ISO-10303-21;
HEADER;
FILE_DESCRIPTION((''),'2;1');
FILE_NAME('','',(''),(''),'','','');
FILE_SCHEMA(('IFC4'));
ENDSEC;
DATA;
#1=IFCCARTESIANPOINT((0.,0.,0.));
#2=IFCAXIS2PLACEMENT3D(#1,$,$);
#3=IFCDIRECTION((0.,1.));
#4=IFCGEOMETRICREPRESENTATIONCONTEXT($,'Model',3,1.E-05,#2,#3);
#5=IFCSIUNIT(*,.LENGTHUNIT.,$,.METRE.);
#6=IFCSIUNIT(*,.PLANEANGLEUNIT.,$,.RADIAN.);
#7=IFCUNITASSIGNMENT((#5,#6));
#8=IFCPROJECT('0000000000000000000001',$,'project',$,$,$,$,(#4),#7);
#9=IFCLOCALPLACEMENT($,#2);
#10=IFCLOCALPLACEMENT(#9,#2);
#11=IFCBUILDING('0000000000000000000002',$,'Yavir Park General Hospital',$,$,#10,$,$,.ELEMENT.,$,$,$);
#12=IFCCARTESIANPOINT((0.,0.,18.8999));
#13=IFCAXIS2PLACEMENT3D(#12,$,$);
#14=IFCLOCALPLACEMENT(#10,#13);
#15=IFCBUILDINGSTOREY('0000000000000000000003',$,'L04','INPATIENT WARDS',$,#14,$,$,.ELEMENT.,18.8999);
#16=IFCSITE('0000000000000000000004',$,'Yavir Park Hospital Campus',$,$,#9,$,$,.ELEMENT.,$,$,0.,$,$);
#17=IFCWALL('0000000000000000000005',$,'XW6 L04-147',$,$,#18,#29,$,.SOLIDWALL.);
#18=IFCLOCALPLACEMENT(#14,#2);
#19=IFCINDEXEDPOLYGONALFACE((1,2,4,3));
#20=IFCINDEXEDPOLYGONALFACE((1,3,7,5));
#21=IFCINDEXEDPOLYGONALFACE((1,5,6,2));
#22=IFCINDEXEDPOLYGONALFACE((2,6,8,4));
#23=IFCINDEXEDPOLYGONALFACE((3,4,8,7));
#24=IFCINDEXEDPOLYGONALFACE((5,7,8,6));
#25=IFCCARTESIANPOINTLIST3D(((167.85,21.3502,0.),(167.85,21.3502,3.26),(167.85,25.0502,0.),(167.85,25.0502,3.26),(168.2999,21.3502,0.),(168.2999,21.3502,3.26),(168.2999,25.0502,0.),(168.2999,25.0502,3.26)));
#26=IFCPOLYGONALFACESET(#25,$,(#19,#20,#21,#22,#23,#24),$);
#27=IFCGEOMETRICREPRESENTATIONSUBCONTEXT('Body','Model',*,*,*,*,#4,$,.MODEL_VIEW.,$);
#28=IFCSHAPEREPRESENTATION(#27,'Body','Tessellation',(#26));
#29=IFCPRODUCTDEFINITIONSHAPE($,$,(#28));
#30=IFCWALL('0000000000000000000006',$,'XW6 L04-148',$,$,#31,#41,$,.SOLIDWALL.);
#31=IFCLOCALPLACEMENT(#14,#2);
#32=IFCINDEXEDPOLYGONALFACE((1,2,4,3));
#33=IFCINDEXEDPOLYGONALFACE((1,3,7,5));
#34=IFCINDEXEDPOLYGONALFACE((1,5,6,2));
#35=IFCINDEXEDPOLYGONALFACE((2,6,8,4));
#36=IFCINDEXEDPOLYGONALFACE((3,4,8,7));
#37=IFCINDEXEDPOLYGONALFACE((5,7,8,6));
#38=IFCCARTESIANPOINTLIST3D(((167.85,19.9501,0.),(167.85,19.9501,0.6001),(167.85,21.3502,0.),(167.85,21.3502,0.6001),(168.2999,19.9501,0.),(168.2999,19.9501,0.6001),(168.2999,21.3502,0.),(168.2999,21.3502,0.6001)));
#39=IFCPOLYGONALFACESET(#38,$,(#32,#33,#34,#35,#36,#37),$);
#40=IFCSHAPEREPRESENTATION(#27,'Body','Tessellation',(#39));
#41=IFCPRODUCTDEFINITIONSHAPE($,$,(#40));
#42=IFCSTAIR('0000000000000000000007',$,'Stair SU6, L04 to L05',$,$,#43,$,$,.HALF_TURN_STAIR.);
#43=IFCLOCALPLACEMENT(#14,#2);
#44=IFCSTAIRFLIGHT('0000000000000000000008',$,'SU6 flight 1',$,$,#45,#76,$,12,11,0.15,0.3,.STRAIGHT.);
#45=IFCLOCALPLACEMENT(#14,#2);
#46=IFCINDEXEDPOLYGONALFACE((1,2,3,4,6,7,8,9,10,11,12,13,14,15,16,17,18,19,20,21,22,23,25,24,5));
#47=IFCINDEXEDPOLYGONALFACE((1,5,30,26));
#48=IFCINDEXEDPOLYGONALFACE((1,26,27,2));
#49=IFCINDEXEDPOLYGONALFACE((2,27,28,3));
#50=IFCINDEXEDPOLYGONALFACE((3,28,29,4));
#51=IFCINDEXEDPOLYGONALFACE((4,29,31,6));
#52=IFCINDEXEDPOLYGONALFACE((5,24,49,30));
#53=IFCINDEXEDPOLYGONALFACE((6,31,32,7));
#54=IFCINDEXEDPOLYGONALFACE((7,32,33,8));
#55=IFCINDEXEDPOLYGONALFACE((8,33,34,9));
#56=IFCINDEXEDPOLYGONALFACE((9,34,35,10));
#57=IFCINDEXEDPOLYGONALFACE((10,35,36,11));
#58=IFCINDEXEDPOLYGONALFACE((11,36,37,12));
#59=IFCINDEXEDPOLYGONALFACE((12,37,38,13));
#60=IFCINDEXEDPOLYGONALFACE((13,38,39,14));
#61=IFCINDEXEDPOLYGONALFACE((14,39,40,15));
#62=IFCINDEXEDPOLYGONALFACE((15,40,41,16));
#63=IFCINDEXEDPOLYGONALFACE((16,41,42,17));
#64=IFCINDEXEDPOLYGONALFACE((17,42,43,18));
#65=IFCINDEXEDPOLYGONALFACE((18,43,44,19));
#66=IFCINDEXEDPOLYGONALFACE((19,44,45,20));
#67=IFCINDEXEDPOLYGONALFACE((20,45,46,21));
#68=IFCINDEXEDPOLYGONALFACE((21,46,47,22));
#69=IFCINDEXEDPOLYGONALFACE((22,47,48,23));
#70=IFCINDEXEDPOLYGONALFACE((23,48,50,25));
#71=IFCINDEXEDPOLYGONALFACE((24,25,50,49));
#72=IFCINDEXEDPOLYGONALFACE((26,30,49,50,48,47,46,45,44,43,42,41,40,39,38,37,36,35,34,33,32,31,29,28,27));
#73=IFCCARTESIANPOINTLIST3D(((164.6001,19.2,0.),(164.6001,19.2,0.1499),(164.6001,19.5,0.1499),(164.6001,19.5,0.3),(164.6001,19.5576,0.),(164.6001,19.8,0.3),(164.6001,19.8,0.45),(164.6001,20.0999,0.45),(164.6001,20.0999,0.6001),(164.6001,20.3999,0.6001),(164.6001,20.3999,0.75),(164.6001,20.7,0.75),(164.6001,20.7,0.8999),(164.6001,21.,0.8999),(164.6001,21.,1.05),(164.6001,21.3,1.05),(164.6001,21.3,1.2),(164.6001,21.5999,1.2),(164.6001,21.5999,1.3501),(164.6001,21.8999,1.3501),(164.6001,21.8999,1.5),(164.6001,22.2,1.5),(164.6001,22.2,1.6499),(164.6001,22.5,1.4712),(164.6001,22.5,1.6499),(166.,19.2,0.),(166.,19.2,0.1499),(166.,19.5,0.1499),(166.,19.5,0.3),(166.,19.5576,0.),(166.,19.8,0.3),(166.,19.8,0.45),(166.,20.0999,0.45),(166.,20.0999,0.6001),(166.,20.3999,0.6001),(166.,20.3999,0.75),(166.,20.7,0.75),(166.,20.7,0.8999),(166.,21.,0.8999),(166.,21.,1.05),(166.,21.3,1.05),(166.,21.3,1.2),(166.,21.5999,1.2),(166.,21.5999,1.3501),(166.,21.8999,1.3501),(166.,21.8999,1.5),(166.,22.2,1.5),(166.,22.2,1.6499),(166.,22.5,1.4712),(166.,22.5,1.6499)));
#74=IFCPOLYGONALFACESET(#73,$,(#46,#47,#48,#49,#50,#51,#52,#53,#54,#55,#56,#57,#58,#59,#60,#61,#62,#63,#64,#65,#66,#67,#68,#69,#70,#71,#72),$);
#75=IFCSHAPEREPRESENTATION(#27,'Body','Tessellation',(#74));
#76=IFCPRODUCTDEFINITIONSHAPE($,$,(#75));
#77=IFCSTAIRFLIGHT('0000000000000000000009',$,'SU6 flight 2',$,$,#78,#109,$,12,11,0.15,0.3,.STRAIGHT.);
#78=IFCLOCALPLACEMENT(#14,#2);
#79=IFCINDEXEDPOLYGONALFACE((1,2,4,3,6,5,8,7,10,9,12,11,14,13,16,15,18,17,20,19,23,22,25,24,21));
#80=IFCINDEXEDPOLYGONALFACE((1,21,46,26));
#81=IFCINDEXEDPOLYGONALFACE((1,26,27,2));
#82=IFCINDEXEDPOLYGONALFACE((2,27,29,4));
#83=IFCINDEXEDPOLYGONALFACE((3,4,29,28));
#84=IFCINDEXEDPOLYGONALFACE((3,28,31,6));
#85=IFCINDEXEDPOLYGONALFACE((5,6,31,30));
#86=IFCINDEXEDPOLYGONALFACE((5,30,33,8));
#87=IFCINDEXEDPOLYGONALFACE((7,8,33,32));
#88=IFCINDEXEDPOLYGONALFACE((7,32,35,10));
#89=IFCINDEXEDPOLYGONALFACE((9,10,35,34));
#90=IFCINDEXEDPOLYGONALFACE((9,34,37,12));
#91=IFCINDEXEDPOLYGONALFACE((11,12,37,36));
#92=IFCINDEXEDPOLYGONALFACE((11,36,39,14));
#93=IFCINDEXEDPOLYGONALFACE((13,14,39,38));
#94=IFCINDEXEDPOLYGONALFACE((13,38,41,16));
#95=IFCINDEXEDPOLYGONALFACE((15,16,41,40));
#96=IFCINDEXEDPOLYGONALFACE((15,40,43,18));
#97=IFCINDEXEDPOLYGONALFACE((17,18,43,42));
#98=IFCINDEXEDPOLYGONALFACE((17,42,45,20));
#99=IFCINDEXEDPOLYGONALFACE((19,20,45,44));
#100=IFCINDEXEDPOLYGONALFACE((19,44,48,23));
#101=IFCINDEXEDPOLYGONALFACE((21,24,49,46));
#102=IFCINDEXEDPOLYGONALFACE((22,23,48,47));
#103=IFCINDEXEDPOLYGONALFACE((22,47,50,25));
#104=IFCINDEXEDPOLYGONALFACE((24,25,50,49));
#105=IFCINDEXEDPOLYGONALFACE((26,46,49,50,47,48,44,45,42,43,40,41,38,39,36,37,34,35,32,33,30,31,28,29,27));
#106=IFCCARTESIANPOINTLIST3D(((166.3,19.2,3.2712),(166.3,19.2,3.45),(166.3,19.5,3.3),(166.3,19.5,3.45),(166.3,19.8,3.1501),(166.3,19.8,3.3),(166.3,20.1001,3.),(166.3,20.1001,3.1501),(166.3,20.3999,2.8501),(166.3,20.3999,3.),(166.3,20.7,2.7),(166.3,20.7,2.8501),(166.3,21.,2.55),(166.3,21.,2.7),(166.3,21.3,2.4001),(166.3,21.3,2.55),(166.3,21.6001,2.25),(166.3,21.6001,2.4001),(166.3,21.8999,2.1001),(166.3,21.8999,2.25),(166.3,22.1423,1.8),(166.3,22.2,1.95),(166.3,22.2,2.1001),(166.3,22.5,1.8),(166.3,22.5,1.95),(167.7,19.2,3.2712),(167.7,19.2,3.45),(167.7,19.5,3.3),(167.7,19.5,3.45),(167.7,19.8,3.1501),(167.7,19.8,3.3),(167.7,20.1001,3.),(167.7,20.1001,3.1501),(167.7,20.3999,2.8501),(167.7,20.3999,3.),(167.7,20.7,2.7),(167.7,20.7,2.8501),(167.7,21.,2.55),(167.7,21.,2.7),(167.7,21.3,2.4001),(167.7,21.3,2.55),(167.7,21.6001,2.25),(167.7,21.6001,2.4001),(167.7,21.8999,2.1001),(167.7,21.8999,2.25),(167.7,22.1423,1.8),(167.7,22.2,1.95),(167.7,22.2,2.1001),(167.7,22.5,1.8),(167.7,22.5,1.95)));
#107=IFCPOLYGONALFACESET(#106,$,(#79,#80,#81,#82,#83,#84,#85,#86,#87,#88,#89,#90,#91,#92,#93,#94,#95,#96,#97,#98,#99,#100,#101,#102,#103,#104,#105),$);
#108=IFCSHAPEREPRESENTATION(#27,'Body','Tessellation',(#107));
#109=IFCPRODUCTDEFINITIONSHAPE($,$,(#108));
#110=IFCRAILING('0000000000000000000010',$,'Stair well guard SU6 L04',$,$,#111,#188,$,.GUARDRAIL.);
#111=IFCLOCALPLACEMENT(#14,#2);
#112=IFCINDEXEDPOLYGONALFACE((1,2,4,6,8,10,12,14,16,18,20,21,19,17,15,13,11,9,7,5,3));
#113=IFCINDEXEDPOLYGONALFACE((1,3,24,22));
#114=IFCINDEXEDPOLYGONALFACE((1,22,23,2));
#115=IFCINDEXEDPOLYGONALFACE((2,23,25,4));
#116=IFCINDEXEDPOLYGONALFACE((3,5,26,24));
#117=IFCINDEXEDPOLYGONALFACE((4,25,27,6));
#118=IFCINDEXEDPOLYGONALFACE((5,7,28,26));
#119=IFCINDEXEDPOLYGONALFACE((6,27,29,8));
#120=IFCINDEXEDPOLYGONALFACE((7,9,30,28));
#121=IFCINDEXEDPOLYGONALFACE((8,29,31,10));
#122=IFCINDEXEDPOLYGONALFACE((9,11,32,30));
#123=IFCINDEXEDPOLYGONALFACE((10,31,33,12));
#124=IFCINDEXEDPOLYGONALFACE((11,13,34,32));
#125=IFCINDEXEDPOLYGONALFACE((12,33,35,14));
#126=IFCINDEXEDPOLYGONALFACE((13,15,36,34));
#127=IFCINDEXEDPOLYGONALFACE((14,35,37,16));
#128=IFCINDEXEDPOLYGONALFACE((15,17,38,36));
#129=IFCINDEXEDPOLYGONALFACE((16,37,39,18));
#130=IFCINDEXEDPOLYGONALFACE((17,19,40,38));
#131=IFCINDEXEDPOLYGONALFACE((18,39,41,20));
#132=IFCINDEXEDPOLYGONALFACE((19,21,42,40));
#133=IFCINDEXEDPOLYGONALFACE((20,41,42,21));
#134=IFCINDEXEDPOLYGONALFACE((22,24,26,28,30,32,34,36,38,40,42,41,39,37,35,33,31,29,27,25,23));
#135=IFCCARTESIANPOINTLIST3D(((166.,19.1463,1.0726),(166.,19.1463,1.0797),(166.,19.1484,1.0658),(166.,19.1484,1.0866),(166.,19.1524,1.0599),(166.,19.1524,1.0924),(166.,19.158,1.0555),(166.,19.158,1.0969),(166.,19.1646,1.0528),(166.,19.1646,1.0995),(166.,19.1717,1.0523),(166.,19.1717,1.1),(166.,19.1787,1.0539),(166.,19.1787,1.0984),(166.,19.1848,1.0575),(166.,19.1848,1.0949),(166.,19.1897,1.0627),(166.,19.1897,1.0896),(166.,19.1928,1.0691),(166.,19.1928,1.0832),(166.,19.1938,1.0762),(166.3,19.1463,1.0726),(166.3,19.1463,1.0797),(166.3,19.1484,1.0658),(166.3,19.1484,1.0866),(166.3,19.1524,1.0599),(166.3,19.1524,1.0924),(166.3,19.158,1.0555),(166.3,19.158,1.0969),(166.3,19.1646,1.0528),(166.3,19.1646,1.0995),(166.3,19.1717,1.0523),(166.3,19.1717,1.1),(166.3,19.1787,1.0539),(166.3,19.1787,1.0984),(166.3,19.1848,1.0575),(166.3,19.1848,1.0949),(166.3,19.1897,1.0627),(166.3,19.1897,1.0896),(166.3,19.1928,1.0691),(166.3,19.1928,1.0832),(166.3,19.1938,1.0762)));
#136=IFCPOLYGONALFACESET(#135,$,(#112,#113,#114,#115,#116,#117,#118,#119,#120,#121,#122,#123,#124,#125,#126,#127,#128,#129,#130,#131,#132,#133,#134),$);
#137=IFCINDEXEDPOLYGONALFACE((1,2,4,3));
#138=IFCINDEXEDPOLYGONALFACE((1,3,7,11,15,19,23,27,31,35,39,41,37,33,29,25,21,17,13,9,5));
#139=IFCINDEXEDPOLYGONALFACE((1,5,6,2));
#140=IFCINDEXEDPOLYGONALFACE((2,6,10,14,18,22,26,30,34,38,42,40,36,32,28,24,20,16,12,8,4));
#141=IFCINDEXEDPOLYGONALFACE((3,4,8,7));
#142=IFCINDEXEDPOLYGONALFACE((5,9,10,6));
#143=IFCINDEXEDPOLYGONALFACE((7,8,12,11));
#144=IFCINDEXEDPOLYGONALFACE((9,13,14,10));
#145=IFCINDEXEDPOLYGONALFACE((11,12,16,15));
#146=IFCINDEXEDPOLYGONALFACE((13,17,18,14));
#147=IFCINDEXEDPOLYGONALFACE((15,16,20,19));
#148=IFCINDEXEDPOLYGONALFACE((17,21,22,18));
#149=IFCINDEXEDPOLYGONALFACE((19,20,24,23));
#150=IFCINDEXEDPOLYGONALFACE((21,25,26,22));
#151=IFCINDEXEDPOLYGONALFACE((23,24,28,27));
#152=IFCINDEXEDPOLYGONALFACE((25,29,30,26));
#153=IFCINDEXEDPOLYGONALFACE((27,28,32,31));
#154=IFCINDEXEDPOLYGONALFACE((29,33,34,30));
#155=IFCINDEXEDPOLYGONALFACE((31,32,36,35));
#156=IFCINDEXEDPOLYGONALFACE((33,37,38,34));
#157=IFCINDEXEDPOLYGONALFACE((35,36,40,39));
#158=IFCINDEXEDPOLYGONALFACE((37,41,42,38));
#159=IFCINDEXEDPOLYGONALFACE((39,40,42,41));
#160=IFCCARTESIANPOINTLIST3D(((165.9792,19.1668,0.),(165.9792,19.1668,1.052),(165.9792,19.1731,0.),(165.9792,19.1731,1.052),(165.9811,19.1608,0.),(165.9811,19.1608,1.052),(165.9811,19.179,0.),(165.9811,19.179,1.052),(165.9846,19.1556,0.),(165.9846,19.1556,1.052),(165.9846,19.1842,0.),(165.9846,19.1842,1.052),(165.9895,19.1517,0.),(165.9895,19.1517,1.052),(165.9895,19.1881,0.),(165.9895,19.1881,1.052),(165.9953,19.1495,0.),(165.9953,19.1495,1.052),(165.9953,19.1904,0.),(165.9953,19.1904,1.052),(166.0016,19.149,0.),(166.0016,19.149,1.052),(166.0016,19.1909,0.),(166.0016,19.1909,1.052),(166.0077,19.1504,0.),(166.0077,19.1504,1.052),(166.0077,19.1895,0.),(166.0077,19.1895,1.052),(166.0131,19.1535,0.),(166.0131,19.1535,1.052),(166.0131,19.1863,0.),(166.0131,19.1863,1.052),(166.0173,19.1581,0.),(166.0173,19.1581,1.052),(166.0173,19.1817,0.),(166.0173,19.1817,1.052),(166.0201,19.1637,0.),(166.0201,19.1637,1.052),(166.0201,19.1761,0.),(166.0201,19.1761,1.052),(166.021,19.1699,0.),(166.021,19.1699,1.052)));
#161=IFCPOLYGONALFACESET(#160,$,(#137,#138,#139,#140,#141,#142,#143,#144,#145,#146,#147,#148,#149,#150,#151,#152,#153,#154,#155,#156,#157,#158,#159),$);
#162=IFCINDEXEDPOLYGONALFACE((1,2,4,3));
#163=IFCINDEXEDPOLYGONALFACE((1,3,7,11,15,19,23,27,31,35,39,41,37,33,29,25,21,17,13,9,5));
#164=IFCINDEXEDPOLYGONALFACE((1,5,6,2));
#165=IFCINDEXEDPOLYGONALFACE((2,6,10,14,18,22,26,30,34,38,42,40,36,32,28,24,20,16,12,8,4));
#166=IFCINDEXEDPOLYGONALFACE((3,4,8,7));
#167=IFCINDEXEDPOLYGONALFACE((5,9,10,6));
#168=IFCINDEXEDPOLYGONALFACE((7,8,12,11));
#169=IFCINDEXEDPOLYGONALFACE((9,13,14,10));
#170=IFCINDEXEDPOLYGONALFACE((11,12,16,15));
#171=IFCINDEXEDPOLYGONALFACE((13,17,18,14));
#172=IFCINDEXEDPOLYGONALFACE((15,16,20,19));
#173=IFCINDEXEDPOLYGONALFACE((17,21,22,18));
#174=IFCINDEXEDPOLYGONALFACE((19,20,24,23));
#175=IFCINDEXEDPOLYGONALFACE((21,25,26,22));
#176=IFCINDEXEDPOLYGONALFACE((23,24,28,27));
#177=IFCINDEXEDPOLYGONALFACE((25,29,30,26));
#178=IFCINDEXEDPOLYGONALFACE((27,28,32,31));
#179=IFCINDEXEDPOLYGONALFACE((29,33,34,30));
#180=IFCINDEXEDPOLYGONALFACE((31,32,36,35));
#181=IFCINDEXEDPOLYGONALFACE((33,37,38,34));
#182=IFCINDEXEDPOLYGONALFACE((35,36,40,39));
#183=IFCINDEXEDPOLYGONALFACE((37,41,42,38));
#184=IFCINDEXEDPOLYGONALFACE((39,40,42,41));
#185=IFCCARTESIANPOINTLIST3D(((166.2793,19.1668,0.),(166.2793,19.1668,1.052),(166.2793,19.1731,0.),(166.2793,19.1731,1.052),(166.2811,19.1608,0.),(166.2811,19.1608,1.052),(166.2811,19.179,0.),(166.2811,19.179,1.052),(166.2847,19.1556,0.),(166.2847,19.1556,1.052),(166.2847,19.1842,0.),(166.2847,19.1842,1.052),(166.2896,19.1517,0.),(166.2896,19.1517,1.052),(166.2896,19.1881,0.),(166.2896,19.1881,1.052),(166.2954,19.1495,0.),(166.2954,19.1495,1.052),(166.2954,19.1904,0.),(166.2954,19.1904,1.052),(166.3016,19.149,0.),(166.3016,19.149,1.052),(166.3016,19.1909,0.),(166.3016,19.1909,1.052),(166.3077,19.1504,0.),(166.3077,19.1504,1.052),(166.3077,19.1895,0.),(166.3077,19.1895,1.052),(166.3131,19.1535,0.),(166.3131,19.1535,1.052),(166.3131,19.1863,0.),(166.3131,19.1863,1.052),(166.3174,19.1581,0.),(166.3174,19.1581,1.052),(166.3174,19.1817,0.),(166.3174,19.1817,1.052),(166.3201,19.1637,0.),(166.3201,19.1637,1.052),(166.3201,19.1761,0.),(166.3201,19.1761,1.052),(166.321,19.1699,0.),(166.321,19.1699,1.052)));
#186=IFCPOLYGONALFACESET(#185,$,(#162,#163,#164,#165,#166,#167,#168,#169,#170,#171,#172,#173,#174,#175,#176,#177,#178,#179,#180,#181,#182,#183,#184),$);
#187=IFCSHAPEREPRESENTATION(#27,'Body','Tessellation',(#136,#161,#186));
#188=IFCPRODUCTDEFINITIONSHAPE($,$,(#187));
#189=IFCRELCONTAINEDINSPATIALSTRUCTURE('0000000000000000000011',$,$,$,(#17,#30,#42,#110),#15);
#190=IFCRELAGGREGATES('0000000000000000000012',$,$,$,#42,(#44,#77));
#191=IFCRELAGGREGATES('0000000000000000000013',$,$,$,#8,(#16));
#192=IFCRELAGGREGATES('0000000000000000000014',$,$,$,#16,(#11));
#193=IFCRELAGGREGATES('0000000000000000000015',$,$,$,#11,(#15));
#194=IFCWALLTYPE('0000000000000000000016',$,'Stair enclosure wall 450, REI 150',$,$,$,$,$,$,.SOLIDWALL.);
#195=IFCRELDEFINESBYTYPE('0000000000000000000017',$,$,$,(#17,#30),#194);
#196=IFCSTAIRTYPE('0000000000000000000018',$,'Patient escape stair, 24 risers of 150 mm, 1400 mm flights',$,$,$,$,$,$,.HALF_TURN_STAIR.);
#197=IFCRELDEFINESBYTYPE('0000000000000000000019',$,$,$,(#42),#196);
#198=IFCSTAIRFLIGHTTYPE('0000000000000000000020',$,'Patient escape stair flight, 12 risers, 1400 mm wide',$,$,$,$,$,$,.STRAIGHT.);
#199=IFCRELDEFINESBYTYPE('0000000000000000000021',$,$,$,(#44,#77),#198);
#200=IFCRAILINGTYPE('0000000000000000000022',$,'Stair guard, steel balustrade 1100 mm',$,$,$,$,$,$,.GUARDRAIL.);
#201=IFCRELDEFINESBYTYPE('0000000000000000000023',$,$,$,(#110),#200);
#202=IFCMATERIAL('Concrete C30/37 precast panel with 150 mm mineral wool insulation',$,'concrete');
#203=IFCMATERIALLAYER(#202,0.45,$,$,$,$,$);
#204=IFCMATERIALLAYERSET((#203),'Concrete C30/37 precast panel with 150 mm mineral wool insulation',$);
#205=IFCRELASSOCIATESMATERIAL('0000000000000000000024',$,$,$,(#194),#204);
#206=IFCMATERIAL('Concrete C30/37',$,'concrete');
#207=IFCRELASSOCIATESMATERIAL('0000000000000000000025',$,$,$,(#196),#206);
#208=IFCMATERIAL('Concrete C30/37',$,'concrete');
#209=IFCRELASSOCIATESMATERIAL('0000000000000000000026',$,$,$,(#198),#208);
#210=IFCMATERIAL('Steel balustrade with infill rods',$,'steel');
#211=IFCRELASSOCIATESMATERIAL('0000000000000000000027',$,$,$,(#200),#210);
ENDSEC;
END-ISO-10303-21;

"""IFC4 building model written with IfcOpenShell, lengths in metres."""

from ifc_helpers import new_model, si_unit, direction, frame, frame_2d, origin, origin_2d, place, context, subcontext, project, spatial, polyline, rectangle, circle, outline, extrude, material, layer, layer_set, type_object, element, aggregate, save


model = new_model("IFC4")

# Units and contexts
model_context = context("Model", 3, precision=1e-05, world=origin(), true_north=direction((0.0, 1.0)))
body_context = subcontext(model_context, "Body", "Model", "MODEL_VIEW")
ifc_project = project(units=[si_unit("LENGTHUNIT", "METRE"), si_unit("PLANEANGLEUNIT", "RADIAN")], contexts=[model_context])

# Site, building, storey
site_placement = place(None, origin())
site = spatial("IfcSite", under=ifc_project, at=site_placement, Name="Yavir Park Hospital Campus", CompositionType="ELEMENT", RefElevation=0.0)
building_placement = place(site_placement, origin())
building = spatial("IfcBuilding", under=site, at=building_placement, Name="Yavir Park General Hospital", CompositionType="ELEMENT")
storey_placement = place(building_placement, frame((0.0, 0.0, 18.8999)))
storey = spatial("IfcBuildingStorey", under=building, at=storey_placement, Name="L04", Description="INPATIENT WARDS", CompositionType="ELEMENT", Elevation=18.8999)

# Walls
ifc_material_1 = material(Name="Concrete C30/37 precast panel with 150 mm mineral wool insulation", Category="concrete")
ifc_layer_1 = layer(ifc_material_1, 0.45)
ifc_layer_set_1 = layer_set([ifc_layer_1], Name="Concrete C30/37 precast panel with 150 mm mineral wool insulation")
wall_type_1 = type_object("IfcWallType", Name="Stair enclosure wall 450, REI 150", PredefinedType="SOLIDWALL", material=ifc_layer_set_1)
wall_1_placement = place(storey_placement, frame((168.075, 21.3501, 0.0), z_axis=(0.0, 0.0, 1.0), x_axis=(0.0, 1.0, 0.0)))
element("IfcWall", 1, at=wall_1_placement, inside=storey, type_object=wall_type_1, Name="XW6 L04-147", PredefinedType="SOLIDWALL", context=body_context, shape_type="SweptSolid", body=[
    extrude(rectangle(XDim=3.7, YDim=0.45, at=frame_2d((1.8501, 0.0))), origin(), (0.0, 0.0, 1.0), 3.26),
])
wall_2_placement = place(storey_placement, frame((168.075, 19.95, 0.0), z_axis=(0.0, 0.0, 1.0), x_axis=(0.0, 1.0, 0.0)))
element("IfcWall", 2, at=wall_2_placement, inside=storey, type_object=wall_type_1, Name="XW6 L04-148", PredefinedType="SOLIDWALL", context=body_context, shape_type="SweptSolid", body=[
    extrude(rectangle(XDim=1.4001, YDim=0.45, at=frame_2d((0.7002, 0.0))), origin(), (0.0, 0.0, 1.0), 0.6001),
])

# Stair, stair flights
ifc_material_2 = material(Name="Concrete C30/37", Category="concrete")
stair_type = type_object("IfcStairType", Name="Patient escape stair, 24 risers of 150 mm, 1400 mm flights", PredefinedType="HALF_TURN_STAIR", material=ifc_material_2)
stair_placement = place(storey_placement, origin())
stair = element("IfcStair", 3, at=stair_placement, inside=storey, type_object=stair_type, Name="Stair SU6, L04 to L05", PredefinedType="HALF_TURN_STAIR")
ifc_material_3 = material(Name="Concrete C30/37", Category="concrete")
stair_flight_type = type_object("IfcStairFlightType", Name="Patient escape stair flight, 12 risers, 1400 mm wide", PredefinedType="STRAIGHT", material=ifc_material_3)
stair_flight_1_placement = place(storey_placement, frame((165.3, 19.2, 0.0), z_axis=(0.0, 0.0, 1.0), x_axis=(0.0, 1.0, 0.0)))
stair_flight_1 = element("IfcStairFlight", 4, at=stair_flight_1_placement, type_object=stair_flight_type, Name="SU6 flight 1", NumberOfRisers=12, NumberOfTreads=11, PredefinedType="STRAIGHT", RiserHeight=0.15, TreadLength=0.3, context=body_context, shape_type="SweptSolid", body=[
    extrude(outline(polyline([(0.0, 0.0), (0.0, 0.1499), (0.3, 0.1499), (0.3, 0.3), (0.6001, 0.3), (0.6001, 0.45), (0.8999, 0.45), (0.8999, 0.6001), (1.2, 0.6001), (1.2, 0.75), (1.5, 0.75), (1.5, 0.8999), (1.8, 0.8999), (1.8, 1.05), (2.1001, 1.05), (2.1001, 1.2), (2.3999, 1.2), (2.3999, 1.3501), (2.7, 1.3501), (2.7, 1.5), (3.0, 1.5), (3.0, 1.6499), (3.3, 1.6499), (3.3, 1.8), (3.3, 1.4712), (0.3577, 0.0), (0.0, 0.0)])), frame((0.0, 0.7, 0.0), z_axis=(0.0, -1.0, 0.0), x_axis=(1.0, 0.0, 0.0)), (0.0, 0.0, 1.0), 1.3999),
])
stair_flight_2_placement = place(storey_placement, frame((167.0, 22.5, 1.8), z_axis=(0.0, 0.0, 1.0), x_axis=(0.0, -1.0, 0.0)))
stair_flight_2 = element("IfcStairFlight", 5, at=stair_flight_2_placement, type_object=stair_flight_type, Name="SU6 flight 2", NumberOfRisers=12, NumberOfTreads=11, PredefinedType="STRAIGHT", RiserHeight=0.15, TreadLength=0.3, context=body_context, shape_type="SweptSolid", body=[
    extrude(outline(polyline([(0.0, 0.0), (0.0, 0.1499), (0.3, 0.1499), (0.3, 0.3), (0.6001, 0.3), (0.6001, 0.45), (0.8999, 0.45), (0.8999, 0.6001), (1.2, 0.6001), (1.2, 0.75), (1.5, 0.75), (1.5, 0.8999), (1.8, 0.8999), (1.8, 1.05), (2.1001, 1.05), (2.1001, 1.2), (2.3999, 1.2), (2.3999, 1.3501), (2.7, 1.3501), (2.7, 1.5), (3.0, 1.5), (3.0, 1.6499), (3.3, 1.6499), (3.3, 1.8), (3.3, 1.4712), (0.3577, 0.0), (0.0, 0.0)])), frame((0.0, 0.7, 0.0), z_axis=(0.0, -1.0, 0.0), x_axis=(1.0, 0.0, 0.0)), (0.0, 0.0, 1.0), 1.3999),
])
aggregate(stair, [stair_flight_1, stair_flight_2])

# Railing
ifc_material_4 = material(Name="Steel balustrade with infill rods", Category="steel")
railing_type_1 = type_object("IfcRailingType", Name="Stair guard, steel balustrade 1100 mm", PredefinedType="GUARDRAIL", material=ifc_material_4)
railing_placement = place(storey_placement, frame((166.0, 19.1699, 0.0)))
element("IfcRailing", 6, at=railing_placement, inside=storey, type_object=railing_type_1, Name="Stair well guard SU6 L04", PredefinedType="GUARDRAIL", context=body_context, shape_type="SweptSolid", body=[
    extrude(circle(Radius=0.0239, at=origin_2d()), frame((0.0, 0.0, 1.0762), z_axis=(1.0, 0.0, 0.0), x_axis=(0.0, 1.0, 0.0)), (0.0, 0.0, 1.0), 0.3),
    extrude(circle(Radius=0.021, at=origin_2d()), origin(), (0.0, 0.0, 1.0), 1.052),
    extrude(circle(Radius=0.021, at=origin_2d()), frame((0.3, 0.0, 0.0)), (0.0, 0.0, 1.0), 1.052),
])

save(model, "model.ifc")
